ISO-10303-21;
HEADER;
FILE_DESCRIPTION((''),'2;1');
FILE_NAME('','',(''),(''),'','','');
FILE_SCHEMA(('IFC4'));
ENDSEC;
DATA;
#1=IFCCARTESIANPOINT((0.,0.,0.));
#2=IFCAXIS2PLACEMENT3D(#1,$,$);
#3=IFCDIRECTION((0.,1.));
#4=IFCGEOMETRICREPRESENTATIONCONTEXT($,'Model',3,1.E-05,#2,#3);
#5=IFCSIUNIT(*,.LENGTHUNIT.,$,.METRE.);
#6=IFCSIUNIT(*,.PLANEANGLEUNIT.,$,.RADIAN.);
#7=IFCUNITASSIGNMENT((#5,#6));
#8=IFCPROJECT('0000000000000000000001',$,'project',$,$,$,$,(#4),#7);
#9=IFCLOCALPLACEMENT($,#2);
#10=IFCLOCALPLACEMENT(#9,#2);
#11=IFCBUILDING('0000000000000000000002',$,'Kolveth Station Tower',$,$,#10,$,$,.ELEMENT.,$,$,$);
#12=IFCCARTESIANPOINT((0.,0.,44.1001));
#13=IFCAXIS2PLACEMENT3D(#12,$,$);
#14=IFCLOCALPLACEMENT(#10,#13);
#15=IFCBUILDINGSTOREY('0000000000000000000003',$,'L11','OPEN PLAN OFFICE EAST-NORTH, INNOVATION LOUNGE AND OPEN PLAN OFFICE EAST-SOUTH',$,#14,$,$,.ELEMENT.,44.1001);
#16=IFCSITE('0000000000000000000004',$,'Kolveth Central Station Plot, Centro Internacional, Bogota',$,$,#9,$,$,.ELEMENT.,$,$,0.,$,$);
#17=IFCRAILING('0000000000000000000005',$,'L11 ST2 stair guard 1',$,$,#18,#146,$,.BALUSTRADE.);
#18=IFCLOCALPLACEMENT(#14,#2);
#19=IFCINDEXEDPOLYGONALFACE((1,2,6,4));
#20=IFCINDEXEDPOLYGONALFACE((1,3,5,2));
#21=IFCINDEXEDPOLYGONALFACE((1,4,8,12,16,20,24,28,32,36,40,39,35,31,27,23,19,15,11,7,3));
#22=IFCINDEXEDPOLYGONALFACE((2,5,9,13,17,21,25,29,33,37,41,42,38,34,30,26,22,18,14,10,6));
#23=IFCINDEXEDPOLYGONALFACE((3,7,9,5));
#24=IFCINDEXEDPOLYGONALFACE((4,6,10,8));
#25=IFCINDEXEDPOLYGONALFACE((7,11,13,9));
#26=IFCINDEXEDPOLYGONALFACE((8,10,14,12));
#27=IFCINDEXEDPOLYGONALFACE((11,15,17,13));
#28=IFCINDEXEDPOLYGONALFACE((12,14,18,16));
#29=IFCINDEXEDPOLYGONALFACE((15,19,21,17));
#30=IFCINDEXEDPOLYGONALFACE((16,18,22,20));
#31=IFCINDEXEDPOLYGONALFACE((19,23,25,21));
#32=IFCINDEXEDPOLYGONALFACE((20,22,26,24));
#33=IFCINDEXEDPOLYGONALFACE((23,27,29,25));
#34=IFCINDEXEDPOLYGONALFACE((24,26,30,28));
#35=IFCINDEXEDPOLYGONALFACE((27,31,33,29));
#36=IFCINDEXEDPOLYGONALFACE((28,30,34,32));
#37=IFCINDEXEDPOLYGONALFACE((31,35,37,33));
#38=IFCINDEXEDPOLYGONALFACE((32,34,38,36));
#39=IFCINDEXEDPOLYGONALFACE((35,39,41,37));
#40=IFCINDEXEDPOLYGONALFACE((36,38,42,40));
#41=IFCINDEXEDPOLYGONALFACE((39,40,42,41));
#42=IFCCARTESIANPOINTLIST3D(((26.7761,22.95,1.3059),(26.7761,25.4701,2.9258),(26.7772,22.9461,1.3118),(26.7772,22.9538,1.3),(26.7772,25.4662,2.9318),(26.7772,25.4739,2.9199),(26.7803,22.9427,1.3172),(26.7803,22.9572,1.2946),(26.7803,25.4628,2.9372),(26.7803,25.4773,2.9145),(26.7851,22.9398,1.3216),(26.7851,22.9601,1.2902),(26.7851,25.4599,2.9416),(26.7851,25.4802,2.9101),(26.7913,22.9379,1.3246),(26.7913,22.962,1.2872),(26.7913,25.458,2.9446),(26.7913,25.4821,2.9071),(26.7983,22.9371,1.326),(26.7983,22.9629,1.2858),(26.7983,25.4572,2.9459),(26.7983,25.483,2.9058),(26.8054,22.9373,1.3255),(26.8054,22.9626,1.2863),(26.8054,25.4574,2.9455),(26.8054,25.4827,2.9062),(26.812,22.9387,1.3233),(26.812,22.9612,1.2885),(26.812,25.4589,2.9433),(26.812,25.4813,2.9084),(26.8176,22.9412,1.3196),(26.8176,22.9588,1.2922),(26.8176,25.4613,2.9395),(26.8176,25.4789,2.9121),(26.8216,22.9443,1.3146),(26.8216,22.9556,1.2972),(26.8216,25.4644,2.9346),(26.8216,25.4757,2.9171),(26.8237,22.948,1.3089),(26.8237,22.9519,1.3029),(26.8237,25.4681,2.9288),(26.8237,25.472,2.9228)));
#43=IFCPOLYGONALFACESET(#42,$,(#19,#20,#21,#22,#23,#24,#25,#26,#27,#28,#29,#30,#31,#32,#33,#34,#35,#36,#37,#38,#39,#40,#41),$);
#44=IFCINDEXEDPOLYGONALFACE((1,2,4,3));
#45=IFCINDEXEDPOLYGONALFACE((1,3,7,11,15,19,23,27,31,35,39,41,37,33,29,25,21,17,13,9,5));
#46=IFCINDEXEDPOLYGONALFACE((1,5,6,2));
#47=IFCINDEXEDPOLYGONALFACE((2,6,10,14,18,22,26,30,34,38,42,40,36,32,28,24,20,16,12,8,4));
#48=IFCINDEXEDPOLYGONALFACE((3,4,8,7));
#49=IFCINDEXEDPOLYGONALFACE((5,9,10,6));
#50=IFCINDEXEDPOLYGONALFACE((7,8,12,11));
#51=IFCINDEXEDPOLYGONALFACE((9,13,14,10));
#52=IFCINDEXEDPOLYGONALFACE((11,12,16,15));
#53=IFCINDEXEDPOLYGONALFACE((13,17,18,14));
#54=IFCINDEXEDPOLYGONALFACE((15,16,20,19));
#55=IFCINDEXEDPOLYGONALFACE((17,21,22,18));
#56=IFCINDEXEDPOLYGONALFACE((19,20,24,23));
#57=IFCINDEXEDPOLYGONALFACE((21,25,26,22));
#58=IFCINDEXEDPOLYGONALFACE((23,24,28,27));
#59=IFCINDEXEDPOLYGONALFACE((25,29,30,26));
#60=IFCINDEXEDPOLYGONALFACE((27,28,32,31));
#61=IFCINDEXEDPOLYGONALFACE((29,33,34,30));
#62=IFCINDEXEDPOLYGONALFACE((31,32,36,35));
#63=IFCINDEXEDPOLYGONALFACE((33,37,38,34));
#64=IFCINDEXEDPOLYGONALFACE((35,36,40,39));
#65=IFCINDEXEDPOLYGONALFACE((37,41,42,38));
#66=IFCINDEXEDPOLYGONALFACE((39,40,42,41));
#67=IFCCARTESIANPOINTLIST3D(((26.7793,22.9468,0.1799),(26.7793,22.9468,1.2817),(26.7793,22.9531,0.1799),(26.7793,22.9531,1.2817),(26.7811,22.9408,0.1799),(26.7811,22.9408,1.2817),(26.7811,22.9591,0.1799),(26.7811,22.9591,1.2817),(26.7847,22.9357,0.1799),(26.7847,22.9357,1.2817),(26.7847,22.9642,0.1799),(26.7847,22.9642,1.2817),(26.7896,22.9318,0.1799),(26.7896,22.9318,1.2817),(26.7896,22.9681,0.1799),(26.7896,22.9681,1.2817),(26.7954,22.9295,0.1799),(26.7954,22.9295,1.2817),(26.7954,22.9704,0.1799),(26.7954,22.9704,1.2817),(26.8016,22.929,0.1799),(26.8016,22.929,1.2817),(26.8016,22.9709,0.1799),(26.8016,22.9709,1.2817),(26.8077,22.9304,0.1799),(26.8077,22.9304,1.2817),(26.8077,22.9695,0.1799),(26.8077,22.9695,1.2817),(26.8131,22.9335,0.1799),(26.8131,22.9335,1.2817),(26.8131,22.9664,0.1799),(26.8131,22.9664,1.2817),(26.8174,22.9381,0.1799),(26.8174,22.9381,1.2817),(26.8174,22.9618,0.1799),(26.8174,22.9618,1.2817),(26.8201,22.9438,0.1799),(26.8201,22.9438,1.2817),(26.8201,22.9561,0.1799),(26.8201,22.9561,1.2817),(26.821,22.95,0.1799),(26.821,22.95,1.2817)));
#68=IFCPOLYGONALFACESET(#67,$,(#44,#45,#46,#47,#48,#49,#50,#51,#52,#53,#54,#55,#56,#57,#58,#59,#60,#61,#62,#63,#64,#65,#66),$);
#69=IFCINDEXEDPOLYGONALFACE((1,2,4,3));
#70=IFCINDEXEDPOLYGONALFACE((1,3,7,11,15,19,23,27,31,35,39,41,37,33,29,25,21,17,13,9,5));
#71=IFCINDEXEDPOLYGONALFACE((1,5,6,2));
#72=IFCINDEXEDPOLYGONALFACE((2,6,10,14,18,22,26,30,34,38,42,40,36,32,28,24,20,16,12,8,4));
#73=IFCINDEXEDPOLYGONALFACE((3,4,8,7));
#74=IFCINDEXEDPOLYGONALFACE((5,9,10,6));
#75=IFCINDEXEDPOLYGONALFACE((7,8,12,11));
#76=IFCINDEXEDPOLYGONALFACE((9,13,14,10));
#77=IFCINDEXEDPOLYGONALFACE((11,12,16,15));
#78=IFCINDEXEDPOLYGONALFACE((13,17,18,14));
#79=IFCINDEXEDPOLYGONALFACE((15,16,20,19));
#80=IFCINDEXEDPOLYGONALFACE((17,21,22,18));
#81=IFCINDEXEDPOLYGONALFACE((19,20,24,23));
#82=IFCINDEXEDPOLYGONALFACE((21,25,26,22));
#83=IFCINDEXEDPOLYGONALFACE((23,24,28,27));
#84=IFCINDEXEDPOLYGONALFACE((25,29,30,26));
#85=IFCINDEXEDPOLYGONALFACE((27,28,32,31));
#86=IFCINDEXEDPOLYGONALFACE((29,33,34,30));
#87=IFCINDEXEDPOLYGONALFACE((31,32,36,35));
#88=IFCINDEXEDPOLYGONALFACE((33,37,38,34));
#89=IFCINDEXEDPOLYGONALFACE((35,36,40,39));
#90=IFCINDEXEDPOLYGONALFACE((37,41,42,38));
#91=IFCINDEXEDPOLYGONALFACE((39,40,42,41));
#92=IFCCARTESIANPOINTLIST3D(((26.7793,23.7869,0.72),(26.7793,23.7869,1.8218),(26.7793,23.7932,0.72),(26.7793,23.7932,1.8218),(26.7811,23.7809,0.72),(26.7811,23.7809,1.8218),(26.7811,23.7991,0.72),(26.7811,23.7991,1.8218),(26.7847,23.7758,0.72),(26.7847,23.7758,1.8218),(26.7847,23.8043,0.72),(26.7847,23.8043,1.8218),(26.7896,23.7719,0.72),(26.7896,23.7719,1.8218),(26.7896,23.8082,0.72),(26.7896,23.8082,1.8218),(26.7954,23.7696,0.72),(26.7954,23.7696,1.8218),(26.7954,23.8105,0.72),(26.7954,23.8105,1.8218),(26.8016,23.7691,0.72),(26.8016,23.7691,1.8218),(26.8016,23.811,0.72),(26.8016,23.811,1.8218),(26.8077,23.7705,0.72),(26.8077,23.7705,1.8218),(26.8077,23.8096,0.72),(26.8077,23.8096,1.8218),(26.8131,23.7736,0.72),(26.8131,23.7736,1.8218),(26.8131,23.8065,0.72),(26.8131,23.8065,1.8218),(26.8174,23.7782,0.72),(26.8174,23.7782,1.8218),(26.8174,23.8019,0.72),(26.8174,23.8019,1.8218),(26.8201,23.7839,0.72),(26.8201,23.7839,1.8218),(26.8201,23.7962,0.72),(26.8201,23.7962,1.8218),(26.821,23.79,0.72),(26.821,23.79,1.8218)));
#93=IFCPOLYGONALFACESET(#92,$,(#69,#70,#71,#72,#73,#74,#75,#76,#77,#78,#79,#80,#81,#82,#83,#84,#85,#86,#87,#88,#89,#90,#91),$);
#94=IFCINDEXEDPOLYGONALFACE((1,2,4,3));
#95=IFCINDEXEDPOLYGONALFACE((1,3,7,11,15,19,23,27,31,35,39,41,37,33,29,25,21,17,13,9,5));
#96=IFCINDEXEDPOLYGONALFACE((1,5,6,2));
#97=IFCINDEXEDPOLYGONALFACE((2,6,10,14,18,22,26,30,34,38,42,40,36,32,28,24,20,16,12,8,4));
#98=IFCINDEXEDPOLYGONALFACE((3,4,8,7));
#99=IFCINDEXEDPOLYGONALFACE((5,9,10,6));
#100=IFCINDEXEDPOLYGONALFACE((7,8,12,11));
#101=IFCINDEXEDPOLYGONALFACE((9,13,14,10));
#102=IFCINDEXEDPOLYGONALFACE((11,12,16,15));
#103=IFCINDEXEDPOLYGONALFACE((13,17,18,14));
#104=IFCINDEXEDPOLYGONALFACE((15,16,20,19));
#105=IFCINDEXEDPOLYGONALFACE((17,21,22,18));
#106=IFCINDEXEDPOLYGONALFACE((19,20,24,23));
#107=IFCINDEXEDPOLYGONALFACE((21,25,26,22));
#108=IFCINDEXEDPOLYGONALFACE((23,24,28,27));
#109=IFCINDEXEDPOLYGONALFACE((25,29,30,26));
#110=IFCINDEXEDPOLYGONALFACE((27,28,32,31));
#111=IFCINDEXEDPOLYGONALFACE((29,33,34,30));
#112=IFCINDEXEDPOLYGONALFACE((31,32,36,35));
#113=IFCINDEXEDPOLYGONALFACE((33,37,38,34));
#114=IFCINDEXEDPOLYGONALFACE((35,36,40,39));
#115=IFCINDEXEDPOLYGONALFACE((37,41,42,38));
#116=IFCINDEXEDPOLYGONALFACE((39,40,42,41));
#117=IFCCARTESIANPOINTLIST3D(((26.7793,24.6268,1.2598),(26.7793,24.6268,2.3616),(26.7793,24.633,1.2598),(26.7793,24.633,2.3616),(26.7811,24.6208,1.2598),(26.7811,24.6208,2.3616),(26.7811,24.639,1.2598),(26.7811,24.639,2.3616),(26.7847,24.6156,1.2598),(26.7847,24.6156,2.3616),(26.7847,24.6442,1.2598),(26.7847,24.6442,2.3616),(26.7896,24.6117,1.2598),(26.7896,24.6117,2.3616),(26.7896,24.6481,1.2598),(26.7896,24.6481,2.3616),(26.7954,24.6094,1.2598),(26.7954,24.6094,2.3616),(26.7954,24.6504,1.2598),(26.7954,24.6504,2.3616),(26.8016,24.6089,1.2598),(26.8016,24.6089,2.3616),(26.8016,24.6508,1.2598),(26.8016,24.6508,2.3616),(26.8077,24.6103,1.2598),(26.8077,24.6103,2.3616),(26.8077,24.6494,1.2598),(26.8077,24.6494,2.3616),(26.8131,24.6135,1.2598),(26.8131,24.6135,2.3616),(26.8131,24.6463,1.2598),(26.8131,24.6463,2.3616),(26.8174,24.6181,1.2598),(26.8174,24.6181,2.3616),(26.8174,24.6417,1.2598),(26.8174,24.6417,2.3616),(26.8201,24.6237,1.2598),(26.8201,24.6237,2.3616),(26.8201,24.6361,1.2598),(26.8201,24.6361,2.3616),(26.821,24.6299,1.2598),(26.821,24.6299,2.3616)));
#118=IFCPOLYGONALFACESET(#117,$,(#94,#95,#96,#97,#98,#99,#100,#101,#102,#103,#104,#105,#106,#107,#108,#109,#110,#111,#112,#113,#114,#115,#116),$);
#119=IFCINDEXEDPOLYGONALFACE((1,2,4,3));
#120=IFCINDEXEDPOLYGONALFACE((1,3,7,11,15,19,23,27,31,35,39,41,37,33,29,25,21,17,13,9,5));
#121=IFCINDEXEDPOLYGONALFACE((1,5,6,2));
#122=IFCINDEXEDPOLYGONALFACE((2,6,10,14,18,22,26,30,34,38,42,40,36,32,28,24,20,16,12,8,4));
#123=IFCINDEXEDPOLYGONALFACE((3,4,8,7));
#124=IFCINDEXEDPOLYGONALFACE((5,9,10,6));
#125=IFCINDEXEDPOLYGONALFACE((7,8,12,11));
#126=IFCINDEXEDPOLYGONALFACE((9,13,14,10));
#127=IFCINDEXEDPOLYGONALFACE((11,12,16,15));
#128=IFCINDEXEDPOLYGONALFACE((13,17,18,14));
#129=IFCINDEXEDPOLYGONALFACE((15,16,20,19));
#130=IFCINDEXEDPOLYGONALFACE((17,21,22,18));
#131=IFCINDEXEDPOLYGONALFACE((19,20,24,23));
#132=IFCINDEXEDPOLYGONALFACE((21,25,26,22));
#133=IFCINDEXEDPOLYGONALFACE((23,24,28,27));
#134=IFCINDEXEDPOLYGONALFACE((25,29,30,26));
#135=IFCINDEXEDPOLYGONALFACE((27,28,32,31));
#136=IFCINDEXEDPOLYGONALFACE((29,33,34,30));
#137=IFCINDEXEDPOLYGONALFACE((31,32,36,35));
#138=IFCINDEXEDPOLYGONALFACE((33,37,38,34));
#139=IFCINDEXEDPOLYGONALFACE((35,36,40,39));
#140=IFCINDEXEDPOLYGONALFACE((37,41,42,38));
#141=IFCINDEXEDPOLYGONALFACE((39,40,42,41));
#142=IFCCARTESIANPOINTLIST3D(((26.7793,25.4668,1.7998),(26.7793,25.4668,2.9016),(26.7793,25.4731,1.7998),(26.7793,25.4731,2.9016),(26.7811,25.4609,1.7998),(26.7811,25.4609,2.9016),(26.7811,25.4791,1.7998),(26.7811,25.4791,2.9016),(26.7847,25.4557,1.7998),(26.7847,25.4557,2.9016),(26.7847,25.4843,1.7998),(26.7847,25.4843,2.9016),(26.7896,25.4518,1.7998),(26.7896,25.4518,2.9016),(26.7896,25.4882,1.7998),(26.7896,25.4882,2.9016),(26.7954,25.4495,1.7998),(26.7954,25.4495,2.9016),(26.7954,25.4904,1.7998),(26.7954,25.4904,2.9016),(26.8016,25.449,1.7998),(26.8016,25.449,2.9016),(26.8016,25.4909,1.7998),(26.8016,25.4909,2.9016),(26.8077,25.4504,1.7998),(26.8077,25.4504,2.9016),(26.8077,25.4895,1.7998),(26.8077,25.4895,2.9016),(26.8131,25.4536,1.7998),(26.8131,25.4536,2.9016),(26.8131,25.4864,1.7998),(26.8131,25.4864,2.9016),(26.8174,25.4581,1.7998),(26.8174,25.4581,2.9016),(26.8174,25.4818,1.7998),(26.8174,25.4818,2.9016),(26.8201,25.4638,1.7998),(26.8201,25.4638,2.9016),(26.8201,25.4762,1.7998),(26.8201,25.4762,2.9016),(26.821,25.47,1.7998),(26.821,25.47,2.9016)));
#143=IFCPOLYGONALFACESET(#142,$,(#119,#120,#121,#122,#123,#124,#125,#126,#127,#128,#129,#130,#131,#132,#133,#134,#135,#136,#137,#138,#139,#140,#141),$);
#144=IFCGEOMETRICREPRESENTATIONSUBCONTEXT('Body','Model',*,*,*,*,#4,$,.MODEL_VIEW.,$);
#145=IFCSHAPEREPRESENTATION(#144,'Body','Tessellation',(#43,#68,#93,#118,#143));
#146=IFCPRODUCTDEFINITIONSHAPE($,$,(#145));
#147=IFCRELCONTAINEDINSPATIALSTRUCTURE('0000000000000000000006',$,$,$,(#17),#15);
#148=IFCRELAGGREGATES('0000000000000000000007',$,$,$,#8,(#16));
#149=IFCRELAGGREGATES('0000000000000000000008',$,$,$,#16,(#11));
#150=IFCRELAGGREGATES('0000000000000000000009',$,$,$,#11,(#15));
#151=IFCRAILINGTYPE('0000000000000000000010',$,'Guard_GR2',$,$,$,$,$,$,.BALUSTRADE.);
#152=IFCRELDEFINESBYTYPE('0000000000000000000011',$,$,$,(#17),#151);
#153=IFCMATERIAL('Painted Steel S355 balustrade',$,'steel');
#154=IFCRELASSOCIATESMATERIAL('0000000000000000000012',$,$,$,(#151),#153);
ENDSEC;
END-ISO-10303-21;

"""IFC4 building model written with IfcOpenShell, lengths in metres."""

from ifc_helpers import new_model, si_unit, direction, frame, origin, origin_2d, place, context, subcontext, project, spatial, circle, extrude, material, type_object, element, save


model = new_model("IFC4")

# Units and contexts
model_context = context("Model", 3, precision=1e-05, world=origin(), true_north=direction((0.0, 1.0)))
body_context = subcontext(model_context, "Body", "Model", "MODEL_VIEW")
ifc_project = project(units=[si_unit("LENGTHUNIT", "METRE"), si_unit("PLANEANGLEUNIT", "RADIAN")], contexts=[model_context])

# Site, building, storey
site_placement = place(None, origin())
site = spatial("IfcSite", under=ifc_project, at=site_placement, Name="Kolveth Central Station Plot, Centro Internacional, Bogota", CompositionType="ELEMENT", RefElevation=0.0)
building_placement = place(site_placement, origin())
building = spatial("IfcBuilding", under=site, at=building_placement, Name="Kolveth Station Tower", CompositionType="ELEMENT")
storey_placement = place(building_placement, frame((0.0, 0.0, 44.1001)))
storey = spatial("IfcBuildingStorey", under=building, at=storey_placement, Name="L11", Description="OPEN PLAN OFFICE EAST-NORTH, INNOVATION LOUNGE AND OPEN PLAN OFFICE EAST-SOUTH", CompositionType="ELEMENT", Elevation=44.1001)

# Railing
ifc_material_1 = material(Name="Painted Steel S355 balustrade", Category="steel")
railing_type_1 = type_object("IfcRailingType", Name="Guard_GR2", PredefinedType="BALUSTRADE", material=ifc_material_1)
railing_1_placement = place(storey_placement, frame((26.8, 22.95, 0.1799)))
element("IfcRailing", 1, at=railing_1_placement, inside=storey, type_object=railing_type_1, Name="L11 ST2 stair guard 1", PredefinedType="BALUSTRADE", context=body_context, shape_type="SweptSolid", body=[
    extrude(circle(Radius=0.0239, at=origin_2d()), frame((0.0, 0.0, 1.126), z_axis=(0.0, 0.8412, 0.540725), x_axis=(-1.0, 0.0, 0.0)), (0.0, 0.0, 1.0), 2.9958),
    extrude(circle(Radius=0.021, at=origin_2d()), origin(), (0.0, 0.0, 1.0), 1.1018),
    extrude(circle(Radius=0.021, at=origin_2d()), frame((0.0, 0.8401, 0.54)), (0.0, 0.0, 1.0), 1.1018),
    extrude(circle(Radius=0.021, at=origin_2d()), frame((0.0, 1.6799, 1.0798)), (0.0, 0.0, 1.0), 1.1018),
    extrude(circle(Radius=0.021, at=origin_2d()), frame((0.0, 2.52, 1.6199)), (0.0, 0.0, 1.0), 1.1018),
])

save(model, "model.ifc")
